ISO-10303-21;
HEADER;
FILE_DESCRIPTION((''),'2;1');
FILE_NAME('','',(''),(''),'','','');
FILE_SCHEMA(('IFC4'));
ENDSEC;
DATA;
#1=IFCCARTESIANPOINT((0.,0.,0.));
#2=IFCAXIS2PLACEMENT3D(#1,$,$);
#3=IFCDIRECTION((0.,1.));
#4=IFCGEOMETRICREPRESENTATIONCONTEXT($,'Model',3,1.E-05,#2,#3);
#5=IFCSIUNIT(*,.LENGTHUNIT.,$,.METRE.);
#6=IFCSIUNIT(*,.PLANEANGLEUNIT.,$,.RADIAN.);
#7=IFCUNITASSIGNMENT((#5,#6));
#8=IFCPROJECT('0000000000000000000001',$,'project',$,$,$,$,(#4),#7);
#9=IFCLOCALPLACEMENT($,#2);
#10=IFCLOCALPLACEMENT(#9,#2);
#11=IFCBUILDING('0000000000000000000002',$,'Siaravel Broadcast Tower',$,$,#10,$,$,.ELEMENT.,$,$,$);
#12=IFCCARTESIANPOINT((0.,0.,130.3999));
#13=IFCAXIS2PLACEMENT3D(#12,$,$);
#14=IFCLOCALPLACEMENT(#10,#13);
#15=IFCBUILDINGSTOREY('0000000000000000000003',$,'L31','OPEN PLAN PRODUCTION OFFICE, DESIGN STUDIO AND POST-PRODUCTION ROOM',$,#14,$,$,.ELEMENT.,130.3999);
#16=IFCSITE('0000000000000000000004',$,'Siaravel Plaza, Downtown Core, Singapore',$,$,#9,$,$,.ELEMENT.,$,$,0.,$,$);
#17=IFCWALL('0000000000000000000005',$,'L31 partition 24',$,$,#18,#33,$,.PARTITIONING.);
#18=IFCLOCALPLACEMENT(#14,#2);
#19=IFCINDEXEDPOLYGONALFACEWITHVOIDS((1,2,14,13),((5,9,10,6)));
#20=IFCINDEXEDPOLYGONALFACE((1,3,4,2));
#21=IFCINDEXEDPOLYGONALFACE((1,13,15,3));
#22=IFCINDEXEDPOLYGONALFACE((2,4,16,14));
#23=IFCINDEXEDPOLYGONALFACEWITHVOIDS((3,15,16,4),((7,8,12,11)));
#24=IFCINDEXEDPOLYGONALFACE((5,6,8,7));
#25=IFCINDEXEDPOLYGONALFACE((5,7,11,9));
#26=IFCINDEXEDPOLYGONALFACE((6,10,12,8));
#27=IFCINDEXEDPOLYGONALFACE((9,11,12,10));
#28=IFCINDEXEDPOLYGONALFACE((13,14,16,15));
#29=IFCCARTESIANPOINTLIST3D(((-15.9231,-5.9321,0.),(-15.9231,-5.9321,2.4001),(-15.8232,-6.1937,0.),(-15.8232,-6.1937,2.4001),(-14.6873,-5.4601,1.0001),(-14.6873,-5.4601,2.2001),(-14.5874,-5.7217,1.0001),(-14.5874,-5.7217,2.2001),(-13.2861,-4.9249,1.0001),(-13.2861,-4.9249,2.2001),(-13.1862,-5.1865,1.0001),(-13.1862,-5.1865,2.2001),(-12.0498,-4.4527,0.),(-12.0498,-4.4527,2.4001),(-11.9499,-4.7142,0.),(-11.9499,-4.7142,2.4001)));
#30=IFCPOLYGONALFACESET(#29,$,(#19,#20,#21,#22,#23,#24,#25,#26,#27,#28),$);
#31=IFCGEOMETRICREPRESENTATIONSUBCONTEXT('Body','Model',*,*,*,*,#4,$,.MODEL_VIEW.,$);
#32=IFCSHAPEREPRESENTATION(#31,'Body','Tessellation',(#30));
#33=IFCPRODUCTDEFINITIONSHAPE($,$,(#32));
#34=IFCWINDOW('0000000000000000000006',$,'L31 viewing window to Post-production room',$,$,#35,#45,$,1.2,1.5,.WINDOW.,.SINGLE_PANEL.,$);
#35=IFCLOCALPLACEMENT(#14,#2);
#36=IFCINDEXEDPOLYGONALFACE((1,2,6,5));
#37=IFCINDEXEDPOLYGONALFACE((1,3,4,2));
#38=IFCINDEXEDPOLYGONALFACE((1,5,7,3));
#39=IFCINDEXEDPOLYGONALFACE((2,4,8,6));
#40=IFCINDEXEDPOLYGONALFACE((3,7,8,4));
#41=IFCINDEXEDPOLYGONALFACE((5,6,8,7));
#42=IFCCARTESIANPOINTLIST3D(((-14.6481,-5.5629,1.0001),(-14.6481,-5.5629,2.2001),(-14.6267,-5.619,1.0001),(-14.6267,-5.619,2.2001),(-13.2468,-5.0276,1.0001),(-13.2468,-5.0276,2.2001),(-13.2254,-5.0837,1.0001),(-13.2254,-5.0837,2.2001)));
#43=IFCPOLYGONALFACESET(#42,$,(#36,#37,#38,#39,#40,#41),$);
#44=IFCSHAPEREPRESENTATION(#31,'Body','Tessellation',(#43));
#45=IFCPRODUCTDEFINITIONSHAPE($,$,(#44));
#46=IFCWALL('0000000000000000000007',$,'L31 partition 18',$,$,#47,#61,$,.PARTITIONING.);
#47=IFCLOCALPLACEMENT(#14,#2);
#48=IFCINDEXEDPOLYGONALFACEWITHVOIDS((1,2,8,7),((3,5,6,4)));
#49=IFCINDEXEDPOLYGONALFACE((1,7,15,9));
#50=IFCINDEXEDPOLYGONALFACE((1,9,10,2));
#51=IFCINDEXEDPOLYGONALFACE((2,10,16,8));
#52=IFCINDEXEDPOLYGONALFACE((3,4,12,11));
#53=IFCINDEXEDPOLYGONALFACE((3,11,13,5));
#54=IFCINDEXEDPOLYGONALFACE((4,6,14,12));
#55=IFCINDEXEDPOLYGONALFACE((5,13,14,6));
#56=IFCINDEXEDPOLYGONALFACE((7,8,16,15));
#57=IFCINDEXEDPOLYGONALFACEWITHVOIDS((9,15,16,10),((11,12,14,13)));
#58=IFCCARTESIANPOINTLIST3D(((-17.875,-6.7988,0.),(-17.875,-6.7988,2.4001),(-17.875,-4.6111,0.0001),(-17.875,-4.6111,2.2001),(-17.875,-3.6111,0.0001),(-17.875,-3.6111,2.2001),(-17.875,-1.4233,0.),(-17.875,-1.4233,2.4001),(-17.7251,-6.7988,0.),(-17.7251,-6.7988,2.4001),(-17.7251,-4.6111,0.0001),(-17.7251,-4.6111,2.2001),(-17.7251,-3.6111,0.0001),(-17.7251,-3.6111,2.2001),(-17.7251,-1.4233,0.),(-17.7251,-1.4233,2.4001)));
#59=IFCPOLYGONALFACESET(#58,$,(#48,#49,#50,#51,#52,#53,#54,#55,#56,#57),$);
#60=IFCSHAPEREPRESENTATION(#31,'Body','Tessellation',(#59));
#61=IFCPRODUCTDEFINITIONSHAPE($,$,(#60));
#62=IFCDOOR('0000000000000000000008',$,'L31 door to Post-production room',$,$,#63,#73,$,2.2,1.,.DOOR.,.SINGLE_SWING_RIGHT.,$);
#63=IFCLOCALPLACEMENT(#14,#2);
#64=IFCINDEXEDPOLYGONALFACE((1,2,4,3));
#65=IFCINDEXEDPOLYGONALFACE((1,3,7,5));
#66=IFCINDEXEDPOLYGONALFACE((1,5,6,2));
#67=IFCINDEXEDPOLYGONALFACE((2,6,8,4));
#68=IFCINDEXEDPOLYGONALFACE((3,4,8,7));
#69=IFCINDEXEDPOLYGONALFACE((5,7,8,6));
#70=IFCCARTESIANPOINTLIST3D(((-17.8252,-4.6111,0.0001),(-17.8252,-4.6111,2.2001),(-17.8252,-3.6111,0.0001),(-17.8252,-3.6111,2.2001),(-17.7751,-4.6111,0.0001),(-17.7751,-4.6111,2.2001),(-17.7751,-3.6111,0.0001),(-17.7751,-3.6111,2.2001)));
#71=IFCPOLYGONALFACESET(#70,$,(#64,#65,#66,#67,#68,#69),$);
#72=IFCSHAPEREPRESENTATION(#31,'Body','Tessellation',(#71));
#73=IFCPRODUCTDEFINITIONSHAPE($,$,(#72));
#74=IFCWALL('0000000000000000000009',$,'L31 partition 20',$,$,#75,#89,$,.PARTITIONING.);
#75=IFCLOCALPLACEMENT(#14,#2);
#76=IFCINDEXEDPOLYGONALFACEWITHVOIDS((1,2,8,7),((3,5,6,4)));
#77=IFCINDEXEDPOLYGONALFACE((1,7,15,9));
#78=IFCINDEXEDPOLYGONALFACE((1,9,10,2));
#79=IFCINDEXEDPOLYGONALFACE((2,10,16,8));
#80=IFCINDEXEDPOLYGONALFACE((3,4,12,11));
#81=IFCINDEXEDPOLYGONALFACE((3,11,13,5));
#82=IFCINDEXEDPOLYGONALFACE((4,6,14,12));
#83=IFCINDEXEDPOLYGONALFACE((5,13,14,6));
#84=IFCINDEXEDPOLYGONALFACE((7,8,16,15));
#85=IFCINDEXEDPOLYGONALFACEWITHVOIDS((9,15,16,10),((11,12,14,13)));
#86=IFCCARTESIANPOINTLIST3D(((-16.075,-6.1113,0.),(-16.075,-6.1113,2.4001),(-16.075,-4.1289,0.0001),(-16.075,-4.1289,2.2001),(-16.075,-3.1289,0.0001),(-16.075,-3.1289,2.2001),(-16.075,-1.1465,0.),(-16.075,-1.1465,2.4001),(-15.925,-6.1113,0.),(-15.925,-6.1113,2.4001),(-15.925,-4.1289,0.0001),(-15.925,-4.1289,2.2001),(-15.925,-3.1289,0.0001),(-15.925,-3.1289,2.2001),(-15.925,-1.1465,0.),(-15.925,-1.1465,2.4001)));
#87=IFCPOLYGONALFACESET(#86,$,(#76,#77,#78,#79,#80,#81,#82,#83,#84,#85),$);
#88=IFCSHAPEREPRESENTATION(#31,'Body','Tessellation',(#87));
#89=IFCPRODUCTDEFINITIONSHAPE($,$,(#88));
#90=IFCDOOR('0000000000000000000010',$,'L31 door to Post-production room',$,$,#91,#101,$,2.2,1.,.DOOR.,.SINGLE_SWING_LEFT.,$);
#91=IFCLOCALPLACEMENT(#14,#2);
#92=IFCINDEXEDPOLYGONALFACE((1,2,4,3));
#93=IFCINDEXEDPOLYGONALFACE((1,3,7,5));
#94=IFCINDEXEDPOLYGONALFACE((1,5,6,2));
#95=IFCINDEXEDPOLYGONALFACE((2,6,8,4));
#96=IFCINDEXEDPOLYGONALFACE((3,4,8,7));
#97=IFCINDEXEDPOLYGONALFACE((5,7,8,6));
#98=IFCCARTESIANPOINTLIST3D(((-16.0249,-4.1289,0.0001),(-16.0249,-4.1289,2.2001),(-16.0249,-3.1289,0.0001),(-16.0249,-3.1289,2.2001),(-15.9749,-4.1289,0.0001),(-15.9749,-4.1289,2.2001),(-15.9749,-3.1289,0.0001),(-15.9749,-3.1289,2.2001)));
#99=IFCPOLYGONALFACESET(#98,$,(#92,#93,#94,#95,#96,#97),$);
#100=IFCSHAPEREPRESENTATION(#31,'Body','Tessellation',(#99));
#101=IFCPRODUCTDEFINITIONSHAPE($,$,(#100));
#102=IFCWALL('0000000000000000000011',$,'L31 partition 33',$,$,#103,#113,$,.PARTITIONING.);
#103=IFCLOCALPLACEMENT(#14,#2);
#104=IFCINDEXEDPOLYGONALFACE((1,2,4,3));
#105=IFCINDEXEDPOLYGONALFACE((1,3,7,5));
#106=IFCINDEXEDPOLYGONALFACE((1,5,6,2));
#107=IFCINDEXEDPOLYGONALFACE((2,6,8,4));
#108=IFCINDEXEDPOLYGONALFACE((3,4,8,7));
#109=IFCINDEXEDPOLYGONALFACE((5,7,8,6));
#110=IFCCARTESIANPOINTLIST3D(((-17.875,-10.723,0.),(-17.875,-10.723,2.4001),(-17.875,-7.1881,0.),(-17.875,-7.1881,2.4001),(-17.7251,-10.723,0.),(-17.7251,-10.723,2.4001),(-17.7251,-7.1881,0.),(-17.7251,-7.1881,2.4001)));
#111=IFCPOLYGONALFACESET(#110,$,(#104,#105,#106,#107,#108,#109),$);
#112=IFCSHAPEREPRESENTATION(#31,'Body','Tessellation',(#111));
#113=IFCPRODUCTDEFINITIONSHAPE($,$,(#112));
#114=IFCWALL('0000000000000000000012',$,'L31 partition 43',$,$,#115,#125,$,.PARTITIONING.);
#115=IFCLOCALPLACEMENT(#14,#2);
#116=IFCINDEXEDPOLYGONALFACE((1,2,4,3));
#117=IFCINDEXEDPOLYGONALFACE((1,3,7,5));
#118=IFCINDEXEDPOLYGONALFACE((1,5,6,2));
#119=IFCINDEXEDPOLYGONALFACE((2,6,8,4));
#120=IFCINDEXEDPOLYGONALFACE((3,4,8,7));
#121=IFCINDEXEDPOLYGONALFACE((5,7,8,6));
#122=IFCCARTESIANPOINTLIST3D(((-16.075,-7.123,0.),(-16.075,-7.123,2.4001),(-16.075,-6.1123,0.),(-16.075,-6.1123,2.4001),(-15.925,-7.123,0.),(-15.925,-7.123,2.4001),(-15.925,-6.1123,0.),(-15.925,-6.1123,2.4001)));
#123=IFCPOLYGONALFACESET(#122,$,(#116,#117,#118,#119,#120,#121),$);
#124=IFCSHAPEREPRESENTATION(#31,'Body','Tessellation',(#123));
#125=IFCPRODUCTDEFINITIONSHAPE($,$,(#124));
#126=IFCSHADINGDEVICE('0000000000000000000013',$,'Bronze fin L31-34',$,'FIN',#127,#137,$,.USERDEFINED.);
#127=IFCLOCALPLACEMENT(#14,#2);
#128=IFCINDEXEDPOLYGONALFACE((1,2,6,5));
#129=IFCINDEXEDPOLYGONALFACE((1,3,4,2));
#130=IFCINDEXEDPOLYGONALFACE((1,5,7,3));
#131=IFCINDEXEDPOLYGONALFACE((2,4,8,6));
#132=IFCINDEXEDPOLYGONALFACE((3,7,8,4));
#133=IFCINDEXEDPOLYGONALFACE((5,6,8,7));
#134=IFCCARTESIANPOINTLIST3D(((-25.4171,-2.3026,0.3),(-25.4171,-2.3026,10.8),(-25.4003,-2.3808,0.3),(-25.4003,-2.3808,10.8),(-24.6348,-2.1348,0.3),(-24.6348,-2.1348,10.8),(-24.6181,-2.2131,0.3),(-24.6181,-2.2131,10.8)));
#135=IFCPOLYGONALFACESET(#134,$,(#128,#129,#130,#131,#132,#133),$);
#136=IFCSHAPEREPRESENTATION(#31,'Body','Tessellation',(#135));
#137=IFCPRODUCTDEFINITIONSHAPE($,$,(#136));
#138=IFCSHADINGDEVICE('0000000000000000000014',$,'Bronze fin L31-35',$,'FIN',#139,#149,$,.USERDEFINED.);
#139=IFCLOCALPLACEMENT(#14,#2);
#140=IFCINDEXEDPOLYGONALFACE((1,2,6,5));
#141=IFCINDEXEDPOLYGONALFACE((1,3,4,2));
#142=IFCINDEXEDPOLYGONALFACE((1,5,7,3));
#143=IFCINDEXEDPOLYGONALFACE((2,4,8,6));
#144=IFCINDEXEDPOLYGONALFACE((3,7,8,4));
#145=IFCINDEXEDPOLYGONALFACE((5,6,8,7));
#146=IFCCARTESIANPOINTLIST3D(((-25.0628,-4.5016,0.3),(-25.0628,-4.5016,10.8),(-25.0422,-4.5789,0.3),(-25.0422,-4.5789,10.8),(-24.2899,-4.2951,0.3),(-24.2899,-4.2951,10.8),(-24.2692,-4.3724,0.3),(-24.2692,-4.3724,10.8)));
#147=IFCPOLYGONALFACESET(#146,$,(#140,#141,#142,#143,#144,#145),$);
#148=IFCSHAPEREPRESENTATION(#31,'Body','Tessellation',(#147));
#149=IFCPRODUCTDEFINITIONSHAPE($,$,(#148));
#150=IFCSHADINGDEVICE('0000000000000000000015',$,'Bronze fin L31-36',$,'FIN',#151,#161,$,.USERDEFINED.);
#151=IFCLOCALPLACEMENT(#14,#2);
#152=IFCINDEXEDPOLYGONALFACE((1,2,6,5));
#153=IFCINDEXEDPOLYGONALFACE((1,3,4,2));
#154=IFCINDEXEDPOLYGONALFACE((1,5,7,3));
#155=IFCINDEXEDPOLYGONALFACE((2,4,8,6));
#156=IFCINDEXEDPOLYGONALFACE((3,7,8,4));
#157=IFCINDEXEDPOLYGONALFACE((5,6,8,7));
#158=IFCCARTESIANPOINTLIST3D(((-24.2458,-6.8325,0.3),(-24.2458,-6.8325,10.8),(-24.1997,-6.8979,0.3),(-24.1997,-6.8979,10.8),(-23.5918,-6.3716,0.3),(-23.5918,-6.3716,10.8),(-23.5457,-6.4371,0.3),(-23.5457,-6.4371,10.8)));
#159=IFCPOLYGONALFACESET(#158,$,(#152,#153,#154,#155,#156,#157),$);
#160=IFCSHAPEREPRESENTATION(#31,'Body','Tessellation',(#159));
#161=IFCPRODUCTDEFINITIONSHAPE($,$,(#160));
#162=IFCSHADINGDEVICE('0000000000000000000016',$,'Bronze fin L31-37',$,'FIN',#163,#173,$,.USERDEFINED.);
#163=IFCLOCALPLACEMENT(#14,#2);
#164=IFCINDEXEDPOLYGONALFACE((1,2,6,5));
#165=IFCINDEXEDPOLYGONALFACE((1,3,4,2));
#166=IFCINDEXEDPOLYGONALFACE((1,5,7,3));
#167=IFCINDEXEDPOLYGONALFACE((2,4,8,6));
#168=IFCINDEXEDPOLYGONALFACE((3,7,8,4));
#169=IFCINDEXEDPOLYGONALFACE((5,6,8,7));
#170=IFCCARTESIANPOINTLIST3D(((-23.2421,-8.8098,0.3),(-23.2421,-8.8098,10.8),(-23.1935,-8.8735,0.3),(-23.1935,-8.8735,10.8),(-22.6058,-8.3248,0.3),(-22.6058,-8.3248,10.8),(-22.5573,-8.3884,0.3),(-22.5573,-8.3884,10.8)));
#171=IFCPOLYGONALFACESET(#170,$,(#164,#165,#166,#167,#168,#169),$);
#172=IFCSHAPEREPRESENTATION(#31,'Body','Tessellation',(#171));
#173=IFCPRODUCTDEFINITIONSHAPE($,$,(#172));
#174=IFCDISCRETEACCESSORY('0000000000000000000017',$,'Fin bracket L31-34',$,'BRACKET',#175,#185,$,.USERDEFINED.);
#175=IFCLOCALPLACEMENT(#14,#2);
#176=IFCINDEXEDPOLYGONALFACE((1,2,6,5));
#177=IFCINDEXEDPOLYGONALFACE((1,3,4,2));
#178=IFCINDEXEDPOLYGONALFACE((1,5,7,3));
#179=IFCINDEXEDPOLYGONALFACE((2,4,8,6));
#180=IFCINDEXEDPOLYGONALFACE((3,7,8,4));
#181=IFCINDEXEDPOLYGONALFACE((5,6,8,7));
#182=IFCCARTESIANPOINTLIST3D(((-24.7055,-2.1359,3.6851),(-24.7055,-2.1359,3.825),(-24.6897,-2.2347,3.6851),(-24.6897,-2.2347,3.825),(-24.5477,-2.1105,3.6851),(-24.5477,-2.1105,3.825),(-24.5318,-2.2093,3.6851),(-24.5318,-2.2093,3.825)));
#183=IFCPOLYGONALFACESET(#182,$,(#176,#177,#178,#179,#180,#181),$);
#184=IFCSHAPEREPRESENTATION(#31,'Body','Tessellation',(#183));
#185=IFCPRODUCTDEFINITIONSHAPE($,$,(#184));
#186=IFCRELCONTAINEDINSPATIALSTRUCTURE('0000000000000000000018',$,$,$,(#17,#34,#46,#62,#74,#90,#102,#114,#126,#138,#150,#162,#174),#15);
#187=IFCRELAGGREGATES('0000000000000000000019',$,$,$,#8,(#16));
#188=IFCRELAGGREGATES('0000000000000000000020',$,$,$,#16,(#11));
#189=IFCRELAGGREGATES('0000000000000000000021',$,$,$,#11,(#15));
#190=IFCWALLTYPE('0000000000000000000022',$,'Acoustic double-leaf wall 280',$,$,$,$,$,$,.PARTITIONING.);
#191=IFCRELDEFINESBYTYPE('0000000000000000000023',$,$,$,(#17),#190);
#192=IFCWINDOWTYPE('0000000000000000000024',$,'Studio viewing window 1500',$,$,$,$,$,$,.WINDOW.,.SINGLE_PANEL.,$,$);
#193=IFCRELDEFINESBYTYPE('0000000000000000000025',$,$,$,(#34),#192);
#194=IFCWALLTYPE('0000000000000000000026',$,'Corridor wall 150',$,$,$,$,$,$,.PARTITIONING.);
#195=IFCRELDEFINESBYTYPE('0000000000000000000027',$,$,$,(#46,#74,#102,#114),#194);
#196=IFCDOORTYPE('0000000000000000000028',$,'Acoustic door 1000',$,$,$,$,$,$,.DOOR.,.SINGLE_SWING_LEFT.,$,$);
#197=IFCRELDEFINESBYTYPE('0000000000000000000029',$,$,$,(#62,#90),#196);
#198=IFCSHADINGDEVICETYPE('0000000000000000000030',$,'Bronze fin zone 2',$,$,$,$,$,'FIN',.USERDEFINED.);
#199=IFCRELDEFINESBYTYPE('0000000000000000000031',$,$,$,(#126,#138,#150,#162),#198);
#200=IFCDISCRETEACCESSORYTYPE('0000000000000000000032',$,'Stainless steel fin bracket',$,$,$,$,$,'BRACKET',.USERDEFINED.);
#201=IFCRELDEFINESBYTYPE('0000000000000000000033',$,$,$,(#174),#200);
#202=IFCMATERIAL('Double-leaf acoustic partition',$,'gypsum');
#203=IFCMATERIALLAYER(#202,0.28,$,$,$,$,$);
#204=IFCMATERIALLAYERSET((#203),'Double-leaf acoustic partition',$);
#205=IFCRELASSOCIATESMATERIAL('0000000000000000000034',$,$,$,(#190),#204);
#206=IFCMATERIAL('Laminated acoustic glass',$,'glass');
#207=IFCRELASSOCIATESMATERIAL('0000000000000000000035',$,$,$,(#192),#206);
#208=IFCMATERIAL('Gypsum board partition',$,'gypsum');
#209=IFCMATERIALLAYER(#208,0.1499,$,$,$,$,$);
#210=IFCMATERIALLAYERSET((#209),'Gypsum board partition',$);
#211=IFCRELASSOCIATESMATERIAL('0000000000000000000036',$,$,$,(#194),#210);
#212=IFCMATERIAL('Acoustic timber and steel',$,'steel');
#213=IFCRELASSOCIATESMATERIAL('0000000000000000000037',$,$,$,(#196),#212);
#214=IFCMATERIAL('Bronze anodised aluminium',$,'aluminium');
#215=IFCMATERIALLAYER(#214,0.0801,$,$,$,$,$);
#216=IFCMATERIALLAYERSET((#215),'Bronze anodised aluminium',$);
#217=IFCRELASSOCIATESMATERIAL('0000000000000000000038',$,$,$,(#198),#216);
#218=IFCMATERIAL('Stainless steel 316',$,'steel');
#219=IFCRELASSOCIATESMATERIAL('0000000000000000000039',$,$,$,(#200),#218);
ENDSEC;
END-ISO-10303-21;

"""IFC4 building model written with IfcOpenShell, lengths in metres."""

from ifc_helpers import new_model, si_unit, direction, frame, frame_2d, origin, origin_2d, place, context, subcontext, project, spatial, rectangle, extrude, material, layer, layer_set, type_object, element, fill, save


model = new_model("IFC4")

# Units and contexts
model_context = context("Model", 3, precision=1e-05, world=origin(), true_north=direction((0.0, 1.0)))
body_context = subcontext(model_context, "Body", "Model", "MODEL_VIEW")
ifc_project = project(units=[si_unit("LENGTHUNIT", "METRE"), si_unit("PLANEANGLEUNIT", "RADIAN")], contexts=[model_context])

# Site, building, storey
site_placement = place(None, origin())
site = spatial("IfcSite", under=ifc_project, at=site_placement, Name="Siaravel Plaza, Downtown Core, Singapore", CompositionType="ELEMENT", RefElevation=0.0)
building_placement = place(site_placement, origin())
building = spatial("IfcBuilding", under=site, at=building_placement, Name="Siaravel Broadcast Tower", CompositionType="ELEMENT")
storey_placement = place(building_placement, frame((0.0, 0.0, 130.3999)))
storey = spatial("IfcBuildingStorey", under=building, at=storey_placement, Name="L31", Description="OPEN PLAN PRODUCTION OFFICE, DESIGN STUDIO AND POST-PRODUCTION ROOM", CompositionType="ELEMENT", Elevation=130.3999)

# Shared definitions
ifc_material_1 = material(Name="Double-leaf acoustic partition", Category="gypsum")
ifc_layer_1 = layer(ifc_material_1, 0.28)
ifc_layer_set_1 = layer_set([ifc_layer_1], Name="Double-leaf acoustic partition")
wall_type_1 = type_object("IfcWallType", Name="Acoustic double-leaf wall 280", PredefinedType="PARTITIONING", material=ifc_layer_set_1)
ifc_material_2 = material(Name="Laminated acoustic glass", Category="glass")
window_type = type_object("IfcWindowType", Name="Studio viewing window 1500", PartitioningType="SINGLE_PANEL", PredefinedType="WINDOW", material=ifc_material_2)

# Wall, opening, window
wall_1_placement = place(storey_placement, frame((-15.8733, -6.063, 0.0), z_axis=(0.0, 0.0, 1.0), x_axis=(0.93417, 0.356828, 0.0)))
wall_1 = element("IfcWall", 1, at=wall_1_placement, inside=storey, type_object=wall_type_1, Name="L31 partition 24", PredefinedType="PARTITIONING", context=body_context, shape_type="SweptSolid", body=[
    extrude(rectangle(XDim=4.1462, YDim=0.28, at=frame_2d((2.0732, 0.0))), origin(), (0.0, 0.0, 1.0), 2.4001),
])
opening_1_placement = place(wall_1_placement, frame((1.323, 0.0, 1.0)))
opening_1 = element("IfcOpeningElement", 2, at=opening_1_placement, cuts=wall_1, PredefinedType="OPENING", context=body_context, shape_type="SweptSolid", body=[
    extrude(rectangle(XDim=1.5, YDim=1.2, at=frame_2d((0.75, 0.6001))), frame((0.0, 0.1499, 0.0), z_axis=(0.0, -1.0, 0.0), x_axis=(1.0, 0.0, 0.0)), (0.0, 0.0, 1.0), 0.3),
])
window_1_placement = place(opening_1_placement, origin())
window_1 = element("IfcWindow", 3, at=window_1_placement, inside=storey, type_object=window_type, Name="L31 viewing window to Post-production room", OverallHeight=1.2, OverallWidth=1.5, PartitioningType="SINGLE_PANEL", PredefinedType="WINDOW", context=body_context, shape_type="SweptSolid", body=[
    extrude(rectangle(XDim=1.5, YDim=1.2, at=frame_2d((0.75, 0.6001))), frame((0.0, 0.03, 0.0), z_axis=(0.0, -1.0, 0.0), x_axis=(1.0, 0.0, 0.0)), (0.0, 0.0, 1.0), 0.0601),
])
fill(opening_1, window_1)

# Walls, openings, doors
ifc_material_3 = material(Name="Gypsum board partition", Category="gypsum")
ifc_layer_2 = layer(ifc_material_3, 0.1499)
ifc_layer_set_2 = layer_set([ifc_layer_2], Name="Gypsum board partition")
wall_type_2 = type_object("IfcWallType", Name="Corridor wall 150", PredefinedType="PARTITIONING", material=ifc_layer_set_2)
wall_2_placement = place(storey_placement, frame((-17.8, -1.4233, 0.0), z_axis=(0.0, 0.0, 1.0), x_axis=(0.0, -1.0, 0.0)))
wall_2 = element("IfcWall", 4, at=wall_2_placement, inside=storey, type_object=wall_type_2, Name="L31 partition 18", PredefinedType="PARTITIONING", context=body_context, shape_type="SweptSolid", body=[
    extrude(rectangle(XDim=5.3755, YDim=0.1499, at=frame_2d((2.6877, 0.0))), origin(), (0.0, 0.0, 1.0), 2.4001),
])
opening_2_placement = place(wall_2_placement, frame((2.1877, 0.0, 0.0)))
opening_2 = element("IfcOpeningElement", 5, at=opening_2_placement, cuts=wall_2, PredefinedType="OPENING", context=body_context, shape_type="SweptSolid", body=[
    extrude(rectangle(XDim=1.0, YDim=2.2, at=frame_2d((0.5, 1.1001))), frame((0.0, 0.085, 0.0), z_axis=(0.0, -1.0, 0.0), x_axis=(1.0, 0.0, 0.0)), (0.0, 0.0, 1.0), 0.1699),
])
ifc_material_4 = material(Name="Acoustic timber and steel", Category="steel")
door_type = type_object("IfcDoorType", Name="Acoustic door 1000", OperationType="SINGLE_SWING_LEFT", PredefinedType="DOOR", material=ifc_material_4)
door_1_placement = place(opening_2_placement, origin())
door_1 = element("IfcDoor", 6, at=door_1_placement, inside=storey, type_object=door_type, Name="L31 door to Post-production room", OperationType="SINGLE_SWING_RIGHT", OverallHeight=2.2, OverallWidth=1.0, PredefinedType="DOOR", context=body_context, shape_type="SweptSolid", body=[
    extrude(rectangle(XDim=1.0, YDim=2.2, at=frame_2d((0.5, 1.1001))), frame((0.0, 0.0249, 0.0), z_axis=(0.0, -1.0, 0.0), x_axis=(1.0, 0.0, 0.0)), (0.0, 0.0, 1.0), 0.05),
])
fill(opening_2, door_1)
wall_3_placement = place(storey_placement, frame((-16.0, -6.1113, 0.0), z_axis=(0.0, 0.0, 1.0), x_axis=(0.0, 1.0, 0.0)))
wall_3 = element("IfcWall", 7, at=wall_3_placement, inside=storey, type_object=wall_type_2, Name="L31 partition 20", PredefinedType="PARTITIONING", context=body_context, shape_type="SweptSolid", body=[
    extrude(rectangle(XDim=4.9648, YDim=0.1499, at=frame_2d((2.4824, 0.0))), origin(), (0.0, 0.0, 1.0), 2.4001),
])
opening_3_placement = place(wall_3_placement, frame((1.9824, 0.0, 0.0)))
opening_3 = element("IfcOpeningElement", 8, at=opening_3_placement, cuts=wall_3, PredefinedType="OPENING", context=body_context, shape_type="SweptSolid", body=[
    extrude(rectangle(XDim=1.0, YDim=2.2, at=frame_2d((0.5, 1.1001))), frame((0.0, 0.085, 0.0), z_axis=(0.0, -1.0, 0.0), x_axis=(1.0, 0.0, 0.0)), (0.0, 0.0, 1.0), 0.1699),
])
door_2_placement = place(opening_3_placement, origin())
door_2 = element("IfcDoor", 9, at=door_2_placement, inside=storey, type_object=door_type, Name="L31 door to Post-production room", OperationType="SINGLE_SWING_LEFT", OverallHeight=2.2, OverallWidth=1.0, PredefinedType="DOOR", context=body_context, shape_type="SweptSolid", body=[
    extrude(rectangle(XDim=1.0, YDim=2.2, at=frame_2d((0.5, 1.1001))), frame((0.0, 0.0249, 0.0), z_axis=(0.0, -1.0, 0.0), x_axis=(1.0, 0.0, 0.0)), (0.0, 0.0, 1.0), 0.05),
])
fill(opening_3, door_2)

# Walls
wall_4_placement = place(storey_placement, frame((-17.8, -7.188, 0.0), z_axis=(0.0, 0.0, 1.0), x_axis=(0.0, -1.0, 0.0)))
element("IfcWall", 10, at=wall_4_placement, inside=storey, type_object=wall_type_2, Name="L31 partition 33", PredefinedType="PARTITIONING", context=body_context, shape_type="SweptSolid", body=[
    extrude(rectangle(XDim=3.5349, YDim=0.1499, at=frame_2d((1.7676, 0.0))), origin(), (0.0, 0.0, 1.0), 2.4001),
])
wall_5_placement = place(storey_placement, frame((-16.0, -7.123, 0.0), z_axis=(0.0, 0.0, 1.0), x_axis=(0.0, 1.0, 0.0)))
element("IfcWall", 11, at=wall_5_placement, inside=storey, type_object=wall_type_2, Name="L31 partition 43", PredefinedType="PARTITIONING", context=body_context, shape_type="SweptSolid", body=[
    extrude(rectangle(XDim=1.0107, YDim=0.1499, at=frame_2d((0.5054, 0.0))), origin(), (0.0, 0.0, 1.0), 2.4001),
])

# Shading devices
ifc_material_5 = material(Name="Bronze anodised aluminium", Category="aluminium")
ifc_layer_3 = layer(ifc_material_5, 0.0801)
ifc_layer_set_3 = layer_set([ifc_layer_3], Name="Bronze anodised aluminium")
shading_device_type = type_object("IfcShadingDeviceType", Name="Bronze fin zone 2", ElementType="FIN", PredefinedType="USERDEFINED", material=ifc_layer_set_3)
for number, where, z_axis, x_axis, name in (
    (12, (-25.0176, -2.2578, 0.3), (0.0, 0.0, 1.0), (-0.977765, -0.209704, 0.0), "Bronze fin L31-34"),
    (13, (-24.666, -4.437, 0.3), (0.0, 0.0, 1.0), (-0.966118, -0.258102, 0.0), "Bronze fin L31-35"),
    (14, (-23.8958, -6.6348, 0.3), (0.0, 0.0, 1.0), (-0.817417, -0.576046, 0.0), "Bronze fin L31-36"),
    (15, (-22.8997, -8.5991, 0.3), (0.0, 0.0, 1.0), (-0.795248, -0.606284, 0.0), "Bronze fin L31-37"),
):
    element("IfcShadingDevice", number, at=place(storey_placement, frame(where, z_axis=z_axis, x_axis=x_axis)), inside=storey, type_object=shading_device_type, Name=name, ObjectType="FIN", PredefinedType="USERDEFINED", context=body_context, shape_type="SweptSolid", body=[
        extrude(rectangle(XDim=0.8, YDim=0.0801, at=origin_2d()), origin(), (0.0, 0.0, 1.0), 10.5),
    ])

# Discrete accessory
ifc_material_6 = material(Name="Stainless steel 316", Category="steel")
discrete_accessory_type = type_object("IfcDiscreteAccessoryType", Name="Stainless steel fin bracket", ElementType="BRACKET", PredefinedType="USERDEFINED", material=ifc_material_6)
for number, where, z_axis, x_axis, name in (
    (16, (-24.6187, -2.1726, 3.6851), (0.0, 0.0, 1.0), (-0.987329, -0.158685, 0.0), "Fin bracket L31-34"),
):
    element("IfcDiscreteAccessory", number, at=place(storey_placement, frame(where, z_axis=z_axis, x_axis=x_axis)), inside=storey, type_object=discrete_accessory_type, Name=name, ObjectType="BRACKET", PredefinedType="USERDEFINED", context=body_context, shape_type="SweptSolid", body=[
        extrude(rectangle(XDim=0.1599, YDim=0.1001, at=origin_2d()), origin(), (0.0, 0.0, 1.0), 0.1399),
    ])

save(model, "model.ifc")
